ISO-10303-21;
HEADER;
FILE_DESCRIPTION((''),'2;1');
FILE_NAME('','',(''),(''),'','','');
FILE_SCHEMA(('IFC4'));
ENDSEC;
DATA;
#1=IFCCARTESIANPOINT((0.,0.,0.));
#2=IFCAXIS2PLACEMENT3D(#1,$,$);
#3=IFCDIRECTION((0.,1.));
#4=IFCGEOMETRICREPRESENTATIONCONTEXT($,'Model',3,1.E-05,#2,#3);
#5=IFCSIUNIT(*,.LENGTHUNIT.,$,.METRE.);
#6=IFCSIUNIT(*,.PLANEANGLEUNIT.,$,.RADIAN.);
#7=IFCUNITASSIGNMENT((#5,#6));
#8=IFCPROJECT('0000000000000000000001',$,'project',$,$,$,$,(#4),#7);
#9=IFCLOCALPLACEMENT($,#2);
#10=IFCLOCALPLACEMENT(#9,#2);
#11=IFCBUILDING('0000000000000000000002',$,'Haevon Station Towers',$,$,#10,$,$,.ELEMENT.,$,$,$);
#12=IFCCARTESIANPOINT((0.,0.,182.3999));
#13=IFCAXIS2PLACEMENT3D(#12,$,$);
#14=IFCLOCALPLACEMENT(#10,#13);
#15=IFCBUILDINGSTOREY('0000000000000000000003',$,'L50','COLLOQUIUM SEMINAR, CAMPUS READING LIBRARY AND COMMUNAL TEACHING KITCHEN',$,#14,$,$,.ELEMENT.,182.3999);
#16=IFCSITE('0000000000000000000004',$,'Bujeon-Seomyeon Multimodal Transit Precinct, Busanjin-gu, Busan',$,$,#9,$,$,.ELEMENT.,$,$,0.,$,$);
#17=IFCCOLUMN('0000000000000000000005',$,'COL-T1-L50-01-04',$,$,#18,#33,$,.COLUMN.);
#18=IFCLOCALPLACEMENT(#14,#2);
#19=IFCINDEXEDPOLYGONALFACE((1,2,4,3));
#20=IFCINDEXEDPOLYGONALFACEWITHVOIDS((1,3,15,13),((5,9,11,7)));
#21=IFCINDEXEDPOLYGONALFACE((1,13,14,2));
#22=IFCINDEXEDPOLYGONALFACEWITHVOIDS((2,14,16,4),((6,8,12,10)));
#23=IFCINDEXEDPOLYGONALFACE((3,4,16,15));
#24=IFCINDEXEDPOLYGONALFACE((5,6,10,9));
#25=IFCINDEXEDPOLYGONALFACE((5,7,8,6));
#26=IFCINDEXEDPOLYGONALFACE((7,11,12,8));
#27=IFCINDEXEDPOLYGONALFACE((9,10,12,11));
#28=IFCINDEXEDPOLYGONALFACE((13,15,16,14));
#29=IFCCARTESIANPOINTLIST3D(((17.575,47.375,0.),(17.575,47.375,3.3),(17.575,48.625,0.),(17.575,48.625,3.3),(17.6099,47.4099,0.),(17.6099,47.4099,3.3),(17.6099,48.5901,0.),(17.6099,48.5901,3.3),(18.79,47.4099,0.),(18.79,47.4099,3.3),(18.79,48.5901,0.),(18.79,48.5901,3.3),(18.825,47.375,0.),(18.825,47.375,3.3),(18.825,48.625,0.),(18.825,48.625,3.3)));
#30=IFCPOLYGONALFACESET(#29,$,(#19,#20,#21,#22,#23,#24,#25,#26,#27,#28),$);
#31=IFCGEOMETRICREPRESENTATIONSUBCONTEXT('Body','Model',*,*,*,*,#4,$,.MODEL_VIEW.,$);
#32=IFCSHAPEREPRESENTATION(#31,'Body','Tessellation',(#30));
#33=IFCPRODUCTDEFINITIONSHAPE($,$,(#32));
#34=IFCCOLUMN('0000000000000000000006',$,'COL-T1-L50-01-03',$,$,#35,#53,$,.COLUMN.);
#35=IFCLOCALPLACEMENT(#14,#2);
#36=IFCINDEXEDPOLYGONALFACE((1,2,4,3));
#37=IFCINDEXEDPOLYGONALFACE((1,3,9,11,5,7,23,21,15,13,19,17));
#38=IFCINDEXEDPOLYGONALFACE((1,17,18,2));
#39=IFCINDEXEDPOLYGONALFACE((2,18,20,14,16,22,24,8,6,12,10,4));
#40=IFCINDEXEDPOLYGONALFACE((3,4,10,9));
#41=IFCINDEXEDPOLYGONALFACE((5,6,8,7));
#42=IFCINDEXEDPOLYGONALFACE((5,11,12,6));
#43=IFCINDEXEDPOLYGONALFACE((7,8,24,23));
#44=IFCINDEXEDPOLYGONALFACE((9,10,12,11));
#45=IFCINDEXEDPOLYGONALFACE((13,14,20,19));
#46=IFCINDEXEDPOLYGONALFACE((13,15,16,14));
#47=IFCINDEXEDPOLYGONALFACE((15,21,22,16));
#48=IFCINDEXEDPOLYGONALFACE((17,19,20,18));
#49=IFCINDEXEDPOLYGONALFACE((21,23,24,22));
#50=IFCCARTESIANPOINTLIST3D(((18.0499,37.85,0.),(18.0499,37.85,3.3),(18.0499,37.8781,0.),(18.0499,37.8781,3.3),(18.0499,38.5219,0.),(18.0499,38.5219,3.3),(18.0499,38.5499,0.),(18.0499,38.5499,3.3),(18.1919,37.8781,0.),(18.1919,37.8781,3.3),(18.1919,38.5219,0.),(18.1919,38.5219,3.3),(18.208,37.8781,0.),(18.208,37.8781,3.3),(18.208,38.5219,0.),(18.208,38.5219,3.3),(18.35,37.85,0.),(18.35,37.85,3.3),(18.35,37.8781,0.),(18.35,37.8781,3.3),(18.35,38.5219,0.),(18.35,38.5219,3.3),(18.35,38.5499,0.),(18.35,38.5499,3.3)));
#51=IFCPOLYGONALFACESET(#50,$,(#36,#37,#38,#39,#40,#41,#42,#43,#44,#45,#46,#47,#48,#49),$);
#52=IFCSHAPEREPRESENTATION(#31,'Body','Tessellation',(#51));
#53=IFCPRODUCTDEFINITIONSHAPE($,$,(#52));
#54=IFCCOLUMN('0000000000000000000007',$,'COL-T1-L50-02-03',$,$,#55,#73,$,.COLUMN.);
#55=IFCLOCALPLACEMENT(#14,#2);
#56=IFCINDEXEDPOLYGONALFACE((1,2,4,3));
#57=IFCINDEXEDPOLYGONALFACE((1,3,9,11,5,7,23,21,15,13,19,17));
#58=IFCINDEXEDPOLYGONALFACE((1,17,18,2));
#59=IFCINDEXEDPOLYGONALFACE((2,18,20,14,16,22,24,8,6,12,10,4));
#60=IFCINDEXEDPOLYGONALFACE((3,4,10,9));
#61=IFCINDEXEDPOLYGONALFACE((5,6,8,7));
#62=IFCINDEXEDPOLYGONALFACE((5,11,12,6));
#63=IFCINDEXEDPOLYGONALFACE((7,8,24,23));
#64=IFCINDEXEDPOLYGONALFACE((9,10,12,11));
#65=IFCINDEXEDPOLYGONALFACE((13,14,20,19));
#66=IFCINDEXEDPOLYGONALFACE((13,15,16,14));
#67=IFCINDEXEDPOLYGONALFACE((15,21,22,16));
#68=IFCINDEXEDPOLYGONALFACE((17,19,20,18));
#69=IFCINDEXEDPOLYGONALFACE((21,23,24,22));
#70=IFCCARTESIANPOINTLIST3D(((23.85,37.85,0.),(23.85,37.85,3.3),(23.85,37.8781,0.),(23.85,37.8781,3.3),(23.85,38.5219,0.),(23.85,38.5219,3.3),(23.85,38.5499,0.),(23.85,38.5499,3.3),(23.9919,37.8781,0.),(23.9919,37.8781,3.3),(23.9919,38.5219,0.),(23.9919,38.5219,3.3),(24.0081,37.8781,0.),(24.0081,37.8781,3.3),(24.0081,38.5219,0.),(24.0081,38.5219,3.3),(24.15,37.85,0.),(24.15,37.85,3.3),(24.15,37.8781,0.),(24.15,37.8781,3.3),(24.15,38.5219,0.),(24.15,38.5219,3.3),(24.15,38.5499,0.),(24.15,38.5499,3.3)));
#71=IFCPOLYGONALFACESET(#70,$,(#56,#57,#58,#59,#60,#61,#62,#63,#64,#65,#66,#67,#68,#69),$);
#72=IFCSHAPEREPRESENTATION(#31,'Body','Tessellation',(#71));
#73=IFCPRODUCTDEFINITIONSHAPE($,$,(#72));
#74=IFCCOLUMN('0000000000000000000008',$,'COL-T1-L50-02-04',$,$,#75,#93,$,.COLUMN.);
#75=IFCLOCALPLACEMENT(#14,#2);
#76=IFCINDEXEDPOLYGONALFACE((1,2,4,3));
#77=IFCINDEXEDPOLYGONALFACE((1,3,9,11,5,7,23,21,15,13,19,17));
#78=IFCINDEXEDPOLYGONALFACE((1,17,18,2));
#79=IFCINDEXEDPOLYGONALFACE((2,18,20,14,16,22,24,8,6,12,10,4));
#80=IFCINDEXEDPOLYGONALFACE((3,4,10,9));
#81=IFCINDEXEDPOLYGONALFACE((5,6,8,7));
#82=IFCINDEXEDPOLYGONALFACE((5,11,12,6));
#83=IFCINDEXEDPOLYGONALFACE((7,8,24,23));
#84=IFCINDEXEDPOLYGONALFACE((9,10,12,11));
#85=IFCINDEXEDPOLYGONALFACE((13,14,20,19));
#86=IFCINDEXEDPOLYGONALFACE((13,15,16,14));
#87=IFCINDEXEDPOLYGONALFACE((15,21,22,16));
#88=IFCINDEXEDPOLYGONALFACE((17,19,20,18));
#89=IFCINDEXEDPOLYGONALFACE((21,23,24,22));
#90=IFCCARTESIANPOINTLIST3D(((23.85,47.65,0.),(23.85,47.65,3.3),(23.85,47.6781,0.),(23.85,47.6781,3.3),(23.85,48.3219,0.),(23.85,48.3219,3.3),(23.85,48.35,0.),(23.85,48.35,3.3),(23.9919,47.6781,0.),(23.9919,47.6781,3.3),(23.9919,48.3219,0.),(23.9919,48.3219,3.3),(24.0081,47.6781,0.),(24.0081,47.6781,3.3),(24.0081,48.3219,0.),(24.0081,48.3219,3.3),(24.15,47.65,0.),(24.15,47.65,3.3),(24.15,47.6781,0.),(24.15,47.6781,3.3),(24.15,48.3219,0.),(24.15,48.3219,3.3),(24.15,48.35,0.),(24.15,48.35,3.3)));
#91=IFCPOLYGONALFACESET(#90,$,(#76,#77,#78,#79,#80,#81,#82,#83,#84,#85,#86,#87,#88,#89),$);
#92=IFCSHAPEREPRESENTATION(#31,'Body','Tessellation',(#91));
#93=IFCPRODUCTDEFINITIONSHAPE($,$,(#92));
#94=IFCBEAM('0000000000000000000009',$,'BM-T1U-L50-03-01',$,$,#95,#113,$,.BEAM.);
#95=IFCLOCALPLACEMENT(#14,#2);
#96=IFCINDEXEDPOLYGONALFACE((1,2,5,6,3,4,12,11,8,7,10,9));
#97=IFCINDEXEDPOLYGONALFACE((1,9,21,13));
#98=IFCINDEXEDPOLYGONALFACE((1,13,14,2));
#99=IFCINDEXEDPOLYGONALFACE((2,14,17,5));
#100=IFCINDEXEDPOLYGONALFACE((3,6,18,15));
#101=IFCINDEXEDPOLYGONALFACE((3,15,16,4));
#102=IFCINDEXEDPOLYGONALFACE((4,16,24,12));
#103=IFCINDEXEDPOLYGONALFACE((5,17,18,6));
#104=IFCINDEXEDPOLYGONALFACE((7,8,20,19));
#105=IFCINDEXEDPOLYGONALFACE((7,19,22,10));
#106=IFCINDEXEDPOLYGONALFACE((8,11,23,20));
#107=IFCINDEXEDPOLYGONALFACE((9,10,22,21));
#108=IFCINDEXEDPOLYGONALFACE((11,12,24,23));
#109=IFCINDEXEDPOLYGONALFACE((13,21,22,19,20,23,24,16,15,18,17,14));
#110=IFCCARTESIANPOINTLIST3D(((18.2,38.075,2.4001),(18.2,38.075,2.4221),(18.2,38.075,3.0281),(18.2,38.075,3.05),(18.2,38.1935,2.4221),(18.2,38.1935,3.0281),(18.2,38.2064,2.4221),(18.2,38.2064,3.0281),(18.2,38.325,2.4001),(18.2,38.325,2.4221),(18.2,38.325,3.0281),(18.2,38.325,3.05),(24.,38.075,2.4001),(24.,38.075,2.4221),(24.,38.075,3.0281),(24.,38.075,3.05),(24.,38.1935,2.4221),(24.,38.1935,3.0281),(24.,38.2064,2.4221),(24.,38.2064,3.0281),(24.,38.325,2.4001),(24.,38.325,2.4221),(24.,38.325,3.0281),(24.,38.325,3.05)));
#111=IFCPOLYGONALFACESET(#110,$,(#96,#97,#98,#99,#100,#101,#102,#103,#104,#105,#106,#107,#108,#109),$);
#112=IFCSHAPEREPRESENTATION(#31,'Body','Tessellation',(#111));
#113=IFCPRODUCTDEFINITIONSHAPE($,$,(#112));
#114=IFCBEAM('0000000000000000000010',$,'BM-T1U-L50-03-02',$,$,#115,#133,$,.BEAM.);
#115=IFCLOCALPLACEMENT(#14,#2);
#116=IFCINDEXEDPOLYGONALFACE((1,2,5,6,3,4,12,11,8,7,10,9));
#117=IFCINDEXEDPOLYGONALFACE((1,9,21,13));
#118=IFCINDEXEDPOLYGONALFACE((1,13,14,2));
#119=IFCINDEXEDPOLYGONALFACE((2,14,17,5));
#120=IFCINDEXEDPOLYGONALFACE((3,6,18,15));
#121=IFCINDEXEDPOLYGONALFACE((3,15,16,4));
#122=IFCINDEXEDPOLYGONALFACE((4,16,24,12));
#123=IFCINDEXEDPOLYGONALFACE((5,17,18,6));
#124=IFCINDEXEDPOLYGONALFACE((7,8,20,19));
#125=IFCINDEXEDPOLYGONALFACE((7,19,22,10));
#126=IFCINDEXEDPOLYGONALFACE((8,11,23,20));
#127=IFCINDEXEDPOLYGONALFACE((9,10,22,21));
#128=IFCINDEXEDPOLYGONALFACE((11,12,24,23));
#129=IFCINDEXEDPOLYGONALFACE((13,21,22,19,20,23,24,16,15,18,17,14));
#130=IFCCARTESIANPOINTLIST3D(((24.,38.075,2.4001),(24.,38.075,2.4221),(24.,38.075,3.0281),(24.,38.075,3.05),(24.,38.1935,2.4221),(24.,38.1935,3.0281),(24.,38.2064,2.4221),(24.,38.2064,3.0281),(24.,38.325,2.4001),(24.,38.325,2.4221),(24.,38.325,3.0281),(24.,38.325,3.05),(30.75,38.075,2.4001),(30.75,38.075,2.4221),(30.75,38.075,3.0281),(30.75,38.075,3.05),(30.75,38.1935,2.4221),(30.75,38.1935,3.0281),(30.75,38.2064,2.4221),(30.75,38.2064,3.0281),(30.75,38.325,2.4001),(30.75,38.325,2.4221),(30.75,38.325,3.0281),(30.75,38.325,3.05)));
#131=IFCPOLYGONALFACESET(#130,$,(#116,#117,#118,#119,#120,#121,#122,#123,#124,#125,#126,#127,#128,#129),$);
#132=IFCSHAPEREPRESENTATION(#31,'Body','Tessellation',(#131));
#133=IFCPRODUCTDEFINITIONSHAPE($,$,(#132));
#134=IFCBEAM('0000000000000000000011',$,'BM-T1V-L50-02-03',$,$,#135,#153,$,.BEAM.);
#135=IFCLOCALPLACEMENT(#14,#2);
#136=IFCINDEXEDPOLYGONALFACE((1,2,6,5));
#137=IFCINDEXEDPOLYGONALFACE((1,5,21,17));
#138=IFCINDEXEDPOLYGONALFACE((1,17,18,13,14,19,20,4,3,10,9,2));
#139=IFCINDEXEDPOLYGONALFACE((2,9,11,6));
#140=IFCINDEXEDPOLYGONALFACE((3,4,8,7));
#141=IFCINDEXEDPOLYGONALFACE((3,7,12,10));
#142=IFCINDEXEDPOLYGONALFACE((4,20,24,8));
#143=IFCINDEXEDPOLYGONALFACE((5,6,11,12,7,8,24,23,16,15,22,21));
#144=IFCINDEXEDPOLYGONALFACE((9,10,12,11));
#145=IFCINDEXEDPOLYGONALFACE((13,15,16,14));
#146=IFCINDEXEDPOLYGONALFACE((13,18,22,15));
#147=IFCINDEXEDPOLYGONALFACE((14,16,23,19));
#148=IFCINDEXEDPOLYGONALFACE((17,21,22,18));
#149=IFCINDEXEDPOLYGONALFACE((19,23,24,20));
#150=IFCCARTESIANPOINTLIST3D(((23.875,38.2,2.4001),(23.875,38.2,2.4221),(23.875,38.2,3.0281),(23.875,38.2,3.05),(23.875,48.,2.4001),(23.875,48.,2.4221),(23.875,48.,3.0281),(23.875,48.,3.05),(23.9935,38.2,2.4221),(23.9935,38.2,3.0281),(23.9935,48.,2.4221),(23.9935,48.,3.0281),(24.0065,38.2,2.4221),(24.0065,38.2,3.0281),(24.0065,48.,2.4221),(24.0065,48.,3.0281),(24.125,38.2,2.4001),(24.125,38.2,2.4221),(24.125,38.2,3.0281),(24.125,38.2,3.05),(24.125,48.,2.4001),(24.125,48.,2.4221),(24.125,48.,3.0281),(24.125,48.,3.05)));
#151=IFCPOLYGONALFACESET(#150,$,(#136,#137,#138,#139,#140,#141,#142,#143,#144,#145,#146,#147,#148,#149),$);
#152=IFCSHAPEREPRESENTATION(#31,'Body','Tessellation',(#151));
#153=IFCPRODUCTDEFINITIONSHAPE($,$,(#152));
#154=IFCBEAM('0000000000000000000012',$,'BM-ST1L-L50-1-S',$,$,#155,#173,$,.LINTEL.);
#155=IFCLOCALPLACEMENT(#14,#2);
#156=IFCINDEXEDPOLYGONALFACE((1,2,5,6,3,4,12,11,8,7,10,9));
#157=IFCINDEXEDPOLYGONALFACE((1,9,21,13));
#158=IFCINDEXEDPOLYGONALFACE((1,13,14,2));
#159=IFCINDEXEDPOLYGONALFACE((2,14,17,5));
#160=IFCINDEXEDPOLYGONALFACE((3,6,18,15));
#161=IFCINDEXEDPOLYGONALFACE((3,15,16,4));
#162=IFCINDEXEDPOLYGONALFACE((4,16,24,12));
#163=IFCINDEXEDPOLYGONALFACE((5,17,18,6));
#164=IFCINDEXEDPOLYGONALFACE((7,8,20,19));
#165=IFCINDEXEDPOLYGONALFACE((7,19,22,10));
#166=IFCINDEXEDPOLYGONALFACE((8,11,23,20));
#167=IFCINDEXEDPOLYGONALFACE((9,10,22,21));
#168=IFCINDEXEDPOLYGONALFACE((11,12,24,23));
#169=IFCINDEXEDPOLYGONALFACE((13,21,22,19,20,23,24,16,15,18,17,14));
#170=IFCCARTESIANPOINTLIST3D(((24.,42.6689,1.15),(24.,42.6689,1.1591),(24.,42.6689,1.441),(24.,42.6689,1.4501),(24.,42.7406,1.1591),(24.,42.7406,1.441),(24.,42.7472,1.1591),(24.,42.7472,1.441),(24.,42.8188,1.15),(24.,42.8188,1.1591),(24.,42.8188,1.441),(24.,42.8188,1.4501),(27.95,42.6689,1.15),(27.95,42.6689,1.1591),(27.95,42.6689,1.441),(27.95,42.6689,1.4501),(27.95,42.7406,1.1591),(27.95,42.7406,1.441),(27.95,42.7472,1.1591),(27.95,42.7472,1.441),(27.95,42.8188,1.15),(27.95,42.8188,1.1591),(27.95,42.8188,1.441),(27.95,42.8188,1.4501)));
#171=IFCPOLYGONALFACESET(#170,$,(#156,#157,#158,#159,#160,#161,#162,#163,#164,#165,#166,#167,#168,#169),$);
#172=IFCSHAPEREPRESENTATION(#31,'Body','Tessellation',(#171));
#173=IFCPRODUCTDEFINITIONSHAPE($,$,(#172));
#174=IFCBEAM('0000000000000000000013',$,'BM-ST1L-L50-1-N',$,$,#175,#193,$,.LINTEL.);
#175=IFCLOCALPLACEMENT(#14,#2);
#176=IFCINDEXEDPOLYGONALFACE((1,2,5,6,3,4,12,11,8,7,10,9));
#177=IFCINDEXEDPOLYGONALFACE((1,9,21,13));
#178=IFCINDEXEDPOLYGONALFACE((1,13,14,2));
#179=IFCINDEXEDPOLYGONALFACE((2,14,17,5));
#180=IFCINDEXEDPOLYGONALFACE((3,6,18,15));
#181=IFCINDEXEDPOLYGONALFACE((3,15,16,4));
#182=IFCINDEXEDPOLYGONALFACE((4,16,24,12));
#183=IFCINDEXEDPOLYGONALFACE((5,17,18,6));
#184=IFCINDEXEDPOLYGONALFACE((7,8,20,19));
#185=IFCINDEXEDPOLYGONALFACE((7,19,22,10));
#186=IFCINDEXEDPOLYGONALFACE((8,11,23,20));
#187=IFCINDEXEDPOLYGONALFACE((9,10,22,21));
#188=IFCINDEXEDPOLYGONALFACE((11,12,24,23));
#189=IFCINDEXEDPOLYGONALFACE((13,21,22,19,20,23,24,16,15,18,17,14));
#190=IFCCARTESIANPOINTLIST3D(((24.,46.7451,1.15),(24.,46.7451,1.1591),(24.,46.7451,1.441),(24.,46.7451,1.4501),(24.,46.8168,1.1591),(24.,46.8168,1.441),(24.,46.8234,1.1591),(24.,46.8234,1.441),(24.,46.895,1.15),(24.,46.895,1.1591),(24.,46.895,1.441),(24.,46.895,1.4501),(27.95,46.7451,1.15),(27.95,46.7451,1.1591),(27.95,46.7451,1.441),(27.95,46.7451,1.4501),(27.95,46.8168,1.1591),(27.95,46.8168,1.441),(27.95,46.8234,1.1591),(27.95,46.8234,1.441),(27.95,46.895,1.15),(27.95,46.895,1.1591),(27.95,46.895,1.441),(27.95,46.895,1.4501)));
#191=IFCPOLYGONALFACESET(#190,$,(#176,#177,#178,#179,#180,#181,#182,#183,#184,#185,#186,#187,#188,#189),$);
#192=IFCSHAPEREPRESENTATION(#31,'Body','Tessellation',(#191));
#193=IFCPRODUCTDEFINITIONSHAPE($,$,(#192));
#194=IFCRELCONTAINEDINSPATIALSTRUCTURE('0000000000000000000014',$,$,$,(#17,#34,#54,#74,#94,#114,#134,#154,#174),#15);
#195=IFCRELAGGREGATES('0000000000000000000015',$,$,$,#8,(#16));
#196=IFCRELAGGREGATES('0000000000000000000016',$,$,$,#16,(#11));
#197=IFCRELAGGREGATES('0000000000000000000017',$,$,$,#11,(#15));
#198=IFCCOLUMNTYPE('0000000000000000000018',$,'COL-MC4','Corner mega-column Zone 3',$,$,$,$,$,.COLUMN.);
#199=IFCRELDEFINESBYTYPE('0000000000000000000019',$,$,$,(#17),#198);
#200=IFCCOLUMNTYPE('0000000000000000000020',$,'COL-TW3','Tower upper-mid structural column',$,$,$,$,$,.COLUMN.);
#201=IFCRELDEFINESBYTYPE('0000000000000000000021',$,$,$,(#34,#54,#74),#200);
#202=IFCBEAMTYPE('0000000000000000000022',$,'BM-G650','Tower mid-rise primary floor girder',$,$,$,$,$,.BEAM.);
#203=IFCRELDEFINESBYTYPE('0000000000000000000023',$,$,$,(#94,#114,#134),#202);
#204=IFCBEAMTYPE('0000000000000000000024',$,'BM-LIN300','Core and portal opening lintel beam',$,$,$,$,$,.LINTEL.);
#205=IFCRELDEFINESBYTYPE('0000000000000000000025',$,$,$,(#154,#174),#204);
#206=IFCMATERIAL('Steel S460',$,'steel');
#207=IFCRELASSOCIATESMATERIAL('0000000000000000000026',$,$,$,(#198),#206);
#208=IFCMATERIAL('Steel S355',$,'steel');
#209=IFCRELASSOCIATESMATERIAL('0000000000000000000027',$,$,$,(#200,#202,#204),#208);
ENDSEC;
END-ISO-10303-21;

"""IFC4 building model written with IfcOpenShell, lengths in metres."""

from ifc_helpers import new_model, si_unit, direction, frame, origin, origin_2d, place, context, subcontext, project, spatial, hollow_rectangle, i_section, extrude, material, material_profile, profile_set, type_object, element, save


model = new_model("IFC4")

# Units and contexts
model_context = context("Model", 3, precision=1e-05, world=origin(), true_north=direction((0.0, 1.0)))
body_context = subcontext(model_context, "Body", "Model", "MODEL_VIEW")
ifc_project = project(units=[si_unit("LENGTHUNIT", "METRE"), si_unit("PLANEANGLEUNIT", "RADIAN")], contexts=[model_context])

# Site, building, storey
site_placement = place(None, origin())
site = spatial("IfcSite", under=ifc_project, at=site_placement, Name="Bujeon-Seomyeon Multimodal Transit Precinct, Busanjin-gu, Busan", CompositionType="ELEMENT", RefElevation=0.0)
building_placement = place(site_placement, origin())
building = spatial("IfcBuilding", under=site, at=building_placement, Name="Haevon Station Towers", CompositionType="ELEMENT")
storey_placement = place(building_placement, frame((0.0, 0.0, 182.3999)))
storey = spatial("IfcBuildingStorey", under=building, at=storey_placement, Name="L50", Description="COLLOQUIUM SEMINAR, CAMPUS READING LIBRARY AND COMMUNAL TEACHING KITCHEN", CompositionType="ELEMENT", Elevation=182.3999)

# Columns
ifc_material_1 = material(Name="Steel S460", Category="steel")
ifc_material_profile_1 = material_profile(ifc_material_1, hollow_rectangle(XDim=1.25, YDim=1.25, WallThickness=0.0349, at=origin_2d()), Name="BOX-1250x1250x35")
ifc_profile_set_1 = profile_set([ifc_material_profile_1], Name="Steel S460")
column_type_1 = type_object("IfcColumnType", Name="COL-MC4", Description="Corner mega-column Zone 3", PredefinedType="COLUMN", material=ifc_profile_set_1)
column_placement = place(storey_placement, frame((18.2, 48.0, 0.0), z_axis=(0.0, 0.0, 1.0), x_axis=(1.0, 0.0, 0.0)))
element("IfcColumn", 1, at=column_placement, inside=storey, type_object=column_type_1, Name="COL-T1-L50-01-04", PredefinedType="COLUMN", context=body_context, shape_type="SweptSolid", body=[
    extrude(hollow_rectangle(XDim=1.25, YDim=1.25, WallThickness=0.0349, at=origin_2d()), origin(), (0.0, 0.0, 1.0), 3.3),
])
ifc_material_2 = material(Name="Steel S355", Category="steel")
ifc_material_profile_2 = material_profile(ifc_material_2, i_section(OverallWidth=0.3, OverallDepth=0.7, WebThickness=0.0161, FlangeThickness=0.0281, at=origin_2d()), Name="H-700x300x16x28")
ifc_profile_set_2 = profile_set([ifc_material_profile_2], Name="Steel S355")
column_type_2 = type_object("IfcColumnType", Name="COL-TW3", Description="Tower upper-mid structural column", PredefinedType="COLUMN", material=ifc_profile_set_2)
for number, where, z_axis, x_axis, name in (
    (2, (18.2, 38.2, 0.0), (0.0, 0.0, 1.0), (1.0, 0.0, 0.0), "COL-T1-L50-01-03"),
    (3, (24.0, 38.2, 0.0), (0.0, 0.0, 1.0), (1.0, 0.0, 0.0), "COL-T1-L50-02-03"),
    (4, (24.0, 48.0, 0.0), (0.0, 0.0, 1.0), (1.0, 0.0, 0.0), "COL-T1-L50-02-04"),
):
    element("IfcColumn", number, at=place(storey_placement, frame(where, z_axis=z_axis, x_axis=x_axis)), inside=storey, type_object=column_type_2, Name=name, PredefinedType="COLUMN", context=body_context, shape_type="SweptSolid", body=[
        extrude(i_section(OverallWidth=0.3, OverallDepth=0.7, WebThickness=0.0161, FlangeThickness=0.0281, at=origin_2d()), origin(), (0.0, 0.0, 1.0), 3.3),
    ])

# Beams
ifc_material_profile_3 = material_profile(ifc_material_2, i_section(OverallWidth=0.25, OverallDepth=0.6499, WebThickness=0.0129, FlangeThickness=0.022, at=origin_2d()), Name="H-650x250x13x22")
ifc_profile_set_3 = profile_set([ifc_material_profile_3], Name="Steel S355")
beam_type_1 = type_object("IfcBeamType", Name="BM-G650", Description="Tower mid-rise primary floor girder", PredefinedType="BEAM", material=ifc_profile_set_3)
beam_1_placement = place(storey_placement, frame((18.2, 38.2, 2.7251), z_axis=(1.0, 0.0, 0.0), x_axis=(0.0, 1.0, 0.0)))
element("IfcBeam", 5, at=beam_1_placement, inside=storey, type_object=beam_type_1, Name="BM-T1U-L50-03-01", PredefinedType="BEAM", context=body_context, shape_type="SweptSolid", body=[
    extrude(i_section(OverallWidth=0.25, OverallDepth=0.6499, WebThickness=0.0129, FlangeThickness=0.022, at=origin_2d()), origin(), (0.0, 0.0, 1.0), 5.8),
])
beam_2_placement = place(storey_placement, frame((24.0, 38.2, 2.7251), z_axis=(1.0, 0.0, 0.0), x_axis=(0.0, 1.0, 0.0)))
element("IfcBeam", 6, at=beam_2_placement, inside=storey, type_object=beam_type_1, Name="BM-T1U-L50-03-02", PredefinedType="BEAM", context=body_context, shape_type="SweptSolid", body=[
    extrude(i_section(OverallWidth=0.25, OverallDepth=0.6499, WebThickness=0.0129, FlangeThickness=0.022, at=origin_2d()), origin(), (0.0, 0.0, 1.0), 6.75),
])
beam_3_placement = place(storey_placement, frame((24.0, 38.2, 2.7251), z_axis=(0.0, 1.0, 0.0), x_axis=(-1.0, 0.0, 0.0)))
element("IfcBeam", 7, at=beam_3_placement, inside=storey, type_object=beam_type_1, Name="BM-T1V-L50-02-03", PredefinedType="BEAM", context=body_context, shape_type="SweptSolid", body=[
    extrude(i_section(OverallWidth=0.25, OverallDepth=0.6499, WebThickness=0.0129, FlangeThickness=0.022, at=origin_2d()), origin(), (0.0, 0.0, 1.0), 9.8),
])
ifc_material_profile_4 = material_profile(ifc_material_2, i_section(OverallWidth=0.1499, OverallDepth=0.3, WebThickness=0.0066, FlangeThickness=0.009, at=origin_2d()), Name="H-300x150x6.5x9")
ifc_profile_set_4 = profile_set([ifc_material_profile_4], Name="Steel S355")
beam_type_2 = type_object("IfcBeamType", Name="BM-LIN300", Description="Core and portal opening lintel beam", PredefinedType="LINTEL", material=ifc_profile_set_4)
for number, where, z_axis, x_axis, name in (
    (8, (24.0, 42.7439, 1.3), (1.0, 0.0, 0.0), (0.0, 1.0, 0.0), "BM-ST1L-L50-1-S"),
    (9, (24.0, 46.8201, 1.3), (1.0, 0.0, 0.0), (0.0, 1.0, 0.0), "BM-ST1L-L50-1-N"),
):
    element("IfcBeam", number, at=place(storey_placement, frame(where, z_axis=z_axis, x_axis=x_axis)), inside=storey, type_object=beam_type_2, Name=name, PredefinedType="LINTEL", context=body_context, shape_type="SweptSolid", body=[
        extrude(i_section(OverallWidth=0.1499, OverallDepth=0.3, WebThickness=0.0066, FlangeThickness=0.009, at=origin_2d()), origin(), (0.0, 0.0, 1.0), 3.95),
    ])

save(model, "model.ifc")
